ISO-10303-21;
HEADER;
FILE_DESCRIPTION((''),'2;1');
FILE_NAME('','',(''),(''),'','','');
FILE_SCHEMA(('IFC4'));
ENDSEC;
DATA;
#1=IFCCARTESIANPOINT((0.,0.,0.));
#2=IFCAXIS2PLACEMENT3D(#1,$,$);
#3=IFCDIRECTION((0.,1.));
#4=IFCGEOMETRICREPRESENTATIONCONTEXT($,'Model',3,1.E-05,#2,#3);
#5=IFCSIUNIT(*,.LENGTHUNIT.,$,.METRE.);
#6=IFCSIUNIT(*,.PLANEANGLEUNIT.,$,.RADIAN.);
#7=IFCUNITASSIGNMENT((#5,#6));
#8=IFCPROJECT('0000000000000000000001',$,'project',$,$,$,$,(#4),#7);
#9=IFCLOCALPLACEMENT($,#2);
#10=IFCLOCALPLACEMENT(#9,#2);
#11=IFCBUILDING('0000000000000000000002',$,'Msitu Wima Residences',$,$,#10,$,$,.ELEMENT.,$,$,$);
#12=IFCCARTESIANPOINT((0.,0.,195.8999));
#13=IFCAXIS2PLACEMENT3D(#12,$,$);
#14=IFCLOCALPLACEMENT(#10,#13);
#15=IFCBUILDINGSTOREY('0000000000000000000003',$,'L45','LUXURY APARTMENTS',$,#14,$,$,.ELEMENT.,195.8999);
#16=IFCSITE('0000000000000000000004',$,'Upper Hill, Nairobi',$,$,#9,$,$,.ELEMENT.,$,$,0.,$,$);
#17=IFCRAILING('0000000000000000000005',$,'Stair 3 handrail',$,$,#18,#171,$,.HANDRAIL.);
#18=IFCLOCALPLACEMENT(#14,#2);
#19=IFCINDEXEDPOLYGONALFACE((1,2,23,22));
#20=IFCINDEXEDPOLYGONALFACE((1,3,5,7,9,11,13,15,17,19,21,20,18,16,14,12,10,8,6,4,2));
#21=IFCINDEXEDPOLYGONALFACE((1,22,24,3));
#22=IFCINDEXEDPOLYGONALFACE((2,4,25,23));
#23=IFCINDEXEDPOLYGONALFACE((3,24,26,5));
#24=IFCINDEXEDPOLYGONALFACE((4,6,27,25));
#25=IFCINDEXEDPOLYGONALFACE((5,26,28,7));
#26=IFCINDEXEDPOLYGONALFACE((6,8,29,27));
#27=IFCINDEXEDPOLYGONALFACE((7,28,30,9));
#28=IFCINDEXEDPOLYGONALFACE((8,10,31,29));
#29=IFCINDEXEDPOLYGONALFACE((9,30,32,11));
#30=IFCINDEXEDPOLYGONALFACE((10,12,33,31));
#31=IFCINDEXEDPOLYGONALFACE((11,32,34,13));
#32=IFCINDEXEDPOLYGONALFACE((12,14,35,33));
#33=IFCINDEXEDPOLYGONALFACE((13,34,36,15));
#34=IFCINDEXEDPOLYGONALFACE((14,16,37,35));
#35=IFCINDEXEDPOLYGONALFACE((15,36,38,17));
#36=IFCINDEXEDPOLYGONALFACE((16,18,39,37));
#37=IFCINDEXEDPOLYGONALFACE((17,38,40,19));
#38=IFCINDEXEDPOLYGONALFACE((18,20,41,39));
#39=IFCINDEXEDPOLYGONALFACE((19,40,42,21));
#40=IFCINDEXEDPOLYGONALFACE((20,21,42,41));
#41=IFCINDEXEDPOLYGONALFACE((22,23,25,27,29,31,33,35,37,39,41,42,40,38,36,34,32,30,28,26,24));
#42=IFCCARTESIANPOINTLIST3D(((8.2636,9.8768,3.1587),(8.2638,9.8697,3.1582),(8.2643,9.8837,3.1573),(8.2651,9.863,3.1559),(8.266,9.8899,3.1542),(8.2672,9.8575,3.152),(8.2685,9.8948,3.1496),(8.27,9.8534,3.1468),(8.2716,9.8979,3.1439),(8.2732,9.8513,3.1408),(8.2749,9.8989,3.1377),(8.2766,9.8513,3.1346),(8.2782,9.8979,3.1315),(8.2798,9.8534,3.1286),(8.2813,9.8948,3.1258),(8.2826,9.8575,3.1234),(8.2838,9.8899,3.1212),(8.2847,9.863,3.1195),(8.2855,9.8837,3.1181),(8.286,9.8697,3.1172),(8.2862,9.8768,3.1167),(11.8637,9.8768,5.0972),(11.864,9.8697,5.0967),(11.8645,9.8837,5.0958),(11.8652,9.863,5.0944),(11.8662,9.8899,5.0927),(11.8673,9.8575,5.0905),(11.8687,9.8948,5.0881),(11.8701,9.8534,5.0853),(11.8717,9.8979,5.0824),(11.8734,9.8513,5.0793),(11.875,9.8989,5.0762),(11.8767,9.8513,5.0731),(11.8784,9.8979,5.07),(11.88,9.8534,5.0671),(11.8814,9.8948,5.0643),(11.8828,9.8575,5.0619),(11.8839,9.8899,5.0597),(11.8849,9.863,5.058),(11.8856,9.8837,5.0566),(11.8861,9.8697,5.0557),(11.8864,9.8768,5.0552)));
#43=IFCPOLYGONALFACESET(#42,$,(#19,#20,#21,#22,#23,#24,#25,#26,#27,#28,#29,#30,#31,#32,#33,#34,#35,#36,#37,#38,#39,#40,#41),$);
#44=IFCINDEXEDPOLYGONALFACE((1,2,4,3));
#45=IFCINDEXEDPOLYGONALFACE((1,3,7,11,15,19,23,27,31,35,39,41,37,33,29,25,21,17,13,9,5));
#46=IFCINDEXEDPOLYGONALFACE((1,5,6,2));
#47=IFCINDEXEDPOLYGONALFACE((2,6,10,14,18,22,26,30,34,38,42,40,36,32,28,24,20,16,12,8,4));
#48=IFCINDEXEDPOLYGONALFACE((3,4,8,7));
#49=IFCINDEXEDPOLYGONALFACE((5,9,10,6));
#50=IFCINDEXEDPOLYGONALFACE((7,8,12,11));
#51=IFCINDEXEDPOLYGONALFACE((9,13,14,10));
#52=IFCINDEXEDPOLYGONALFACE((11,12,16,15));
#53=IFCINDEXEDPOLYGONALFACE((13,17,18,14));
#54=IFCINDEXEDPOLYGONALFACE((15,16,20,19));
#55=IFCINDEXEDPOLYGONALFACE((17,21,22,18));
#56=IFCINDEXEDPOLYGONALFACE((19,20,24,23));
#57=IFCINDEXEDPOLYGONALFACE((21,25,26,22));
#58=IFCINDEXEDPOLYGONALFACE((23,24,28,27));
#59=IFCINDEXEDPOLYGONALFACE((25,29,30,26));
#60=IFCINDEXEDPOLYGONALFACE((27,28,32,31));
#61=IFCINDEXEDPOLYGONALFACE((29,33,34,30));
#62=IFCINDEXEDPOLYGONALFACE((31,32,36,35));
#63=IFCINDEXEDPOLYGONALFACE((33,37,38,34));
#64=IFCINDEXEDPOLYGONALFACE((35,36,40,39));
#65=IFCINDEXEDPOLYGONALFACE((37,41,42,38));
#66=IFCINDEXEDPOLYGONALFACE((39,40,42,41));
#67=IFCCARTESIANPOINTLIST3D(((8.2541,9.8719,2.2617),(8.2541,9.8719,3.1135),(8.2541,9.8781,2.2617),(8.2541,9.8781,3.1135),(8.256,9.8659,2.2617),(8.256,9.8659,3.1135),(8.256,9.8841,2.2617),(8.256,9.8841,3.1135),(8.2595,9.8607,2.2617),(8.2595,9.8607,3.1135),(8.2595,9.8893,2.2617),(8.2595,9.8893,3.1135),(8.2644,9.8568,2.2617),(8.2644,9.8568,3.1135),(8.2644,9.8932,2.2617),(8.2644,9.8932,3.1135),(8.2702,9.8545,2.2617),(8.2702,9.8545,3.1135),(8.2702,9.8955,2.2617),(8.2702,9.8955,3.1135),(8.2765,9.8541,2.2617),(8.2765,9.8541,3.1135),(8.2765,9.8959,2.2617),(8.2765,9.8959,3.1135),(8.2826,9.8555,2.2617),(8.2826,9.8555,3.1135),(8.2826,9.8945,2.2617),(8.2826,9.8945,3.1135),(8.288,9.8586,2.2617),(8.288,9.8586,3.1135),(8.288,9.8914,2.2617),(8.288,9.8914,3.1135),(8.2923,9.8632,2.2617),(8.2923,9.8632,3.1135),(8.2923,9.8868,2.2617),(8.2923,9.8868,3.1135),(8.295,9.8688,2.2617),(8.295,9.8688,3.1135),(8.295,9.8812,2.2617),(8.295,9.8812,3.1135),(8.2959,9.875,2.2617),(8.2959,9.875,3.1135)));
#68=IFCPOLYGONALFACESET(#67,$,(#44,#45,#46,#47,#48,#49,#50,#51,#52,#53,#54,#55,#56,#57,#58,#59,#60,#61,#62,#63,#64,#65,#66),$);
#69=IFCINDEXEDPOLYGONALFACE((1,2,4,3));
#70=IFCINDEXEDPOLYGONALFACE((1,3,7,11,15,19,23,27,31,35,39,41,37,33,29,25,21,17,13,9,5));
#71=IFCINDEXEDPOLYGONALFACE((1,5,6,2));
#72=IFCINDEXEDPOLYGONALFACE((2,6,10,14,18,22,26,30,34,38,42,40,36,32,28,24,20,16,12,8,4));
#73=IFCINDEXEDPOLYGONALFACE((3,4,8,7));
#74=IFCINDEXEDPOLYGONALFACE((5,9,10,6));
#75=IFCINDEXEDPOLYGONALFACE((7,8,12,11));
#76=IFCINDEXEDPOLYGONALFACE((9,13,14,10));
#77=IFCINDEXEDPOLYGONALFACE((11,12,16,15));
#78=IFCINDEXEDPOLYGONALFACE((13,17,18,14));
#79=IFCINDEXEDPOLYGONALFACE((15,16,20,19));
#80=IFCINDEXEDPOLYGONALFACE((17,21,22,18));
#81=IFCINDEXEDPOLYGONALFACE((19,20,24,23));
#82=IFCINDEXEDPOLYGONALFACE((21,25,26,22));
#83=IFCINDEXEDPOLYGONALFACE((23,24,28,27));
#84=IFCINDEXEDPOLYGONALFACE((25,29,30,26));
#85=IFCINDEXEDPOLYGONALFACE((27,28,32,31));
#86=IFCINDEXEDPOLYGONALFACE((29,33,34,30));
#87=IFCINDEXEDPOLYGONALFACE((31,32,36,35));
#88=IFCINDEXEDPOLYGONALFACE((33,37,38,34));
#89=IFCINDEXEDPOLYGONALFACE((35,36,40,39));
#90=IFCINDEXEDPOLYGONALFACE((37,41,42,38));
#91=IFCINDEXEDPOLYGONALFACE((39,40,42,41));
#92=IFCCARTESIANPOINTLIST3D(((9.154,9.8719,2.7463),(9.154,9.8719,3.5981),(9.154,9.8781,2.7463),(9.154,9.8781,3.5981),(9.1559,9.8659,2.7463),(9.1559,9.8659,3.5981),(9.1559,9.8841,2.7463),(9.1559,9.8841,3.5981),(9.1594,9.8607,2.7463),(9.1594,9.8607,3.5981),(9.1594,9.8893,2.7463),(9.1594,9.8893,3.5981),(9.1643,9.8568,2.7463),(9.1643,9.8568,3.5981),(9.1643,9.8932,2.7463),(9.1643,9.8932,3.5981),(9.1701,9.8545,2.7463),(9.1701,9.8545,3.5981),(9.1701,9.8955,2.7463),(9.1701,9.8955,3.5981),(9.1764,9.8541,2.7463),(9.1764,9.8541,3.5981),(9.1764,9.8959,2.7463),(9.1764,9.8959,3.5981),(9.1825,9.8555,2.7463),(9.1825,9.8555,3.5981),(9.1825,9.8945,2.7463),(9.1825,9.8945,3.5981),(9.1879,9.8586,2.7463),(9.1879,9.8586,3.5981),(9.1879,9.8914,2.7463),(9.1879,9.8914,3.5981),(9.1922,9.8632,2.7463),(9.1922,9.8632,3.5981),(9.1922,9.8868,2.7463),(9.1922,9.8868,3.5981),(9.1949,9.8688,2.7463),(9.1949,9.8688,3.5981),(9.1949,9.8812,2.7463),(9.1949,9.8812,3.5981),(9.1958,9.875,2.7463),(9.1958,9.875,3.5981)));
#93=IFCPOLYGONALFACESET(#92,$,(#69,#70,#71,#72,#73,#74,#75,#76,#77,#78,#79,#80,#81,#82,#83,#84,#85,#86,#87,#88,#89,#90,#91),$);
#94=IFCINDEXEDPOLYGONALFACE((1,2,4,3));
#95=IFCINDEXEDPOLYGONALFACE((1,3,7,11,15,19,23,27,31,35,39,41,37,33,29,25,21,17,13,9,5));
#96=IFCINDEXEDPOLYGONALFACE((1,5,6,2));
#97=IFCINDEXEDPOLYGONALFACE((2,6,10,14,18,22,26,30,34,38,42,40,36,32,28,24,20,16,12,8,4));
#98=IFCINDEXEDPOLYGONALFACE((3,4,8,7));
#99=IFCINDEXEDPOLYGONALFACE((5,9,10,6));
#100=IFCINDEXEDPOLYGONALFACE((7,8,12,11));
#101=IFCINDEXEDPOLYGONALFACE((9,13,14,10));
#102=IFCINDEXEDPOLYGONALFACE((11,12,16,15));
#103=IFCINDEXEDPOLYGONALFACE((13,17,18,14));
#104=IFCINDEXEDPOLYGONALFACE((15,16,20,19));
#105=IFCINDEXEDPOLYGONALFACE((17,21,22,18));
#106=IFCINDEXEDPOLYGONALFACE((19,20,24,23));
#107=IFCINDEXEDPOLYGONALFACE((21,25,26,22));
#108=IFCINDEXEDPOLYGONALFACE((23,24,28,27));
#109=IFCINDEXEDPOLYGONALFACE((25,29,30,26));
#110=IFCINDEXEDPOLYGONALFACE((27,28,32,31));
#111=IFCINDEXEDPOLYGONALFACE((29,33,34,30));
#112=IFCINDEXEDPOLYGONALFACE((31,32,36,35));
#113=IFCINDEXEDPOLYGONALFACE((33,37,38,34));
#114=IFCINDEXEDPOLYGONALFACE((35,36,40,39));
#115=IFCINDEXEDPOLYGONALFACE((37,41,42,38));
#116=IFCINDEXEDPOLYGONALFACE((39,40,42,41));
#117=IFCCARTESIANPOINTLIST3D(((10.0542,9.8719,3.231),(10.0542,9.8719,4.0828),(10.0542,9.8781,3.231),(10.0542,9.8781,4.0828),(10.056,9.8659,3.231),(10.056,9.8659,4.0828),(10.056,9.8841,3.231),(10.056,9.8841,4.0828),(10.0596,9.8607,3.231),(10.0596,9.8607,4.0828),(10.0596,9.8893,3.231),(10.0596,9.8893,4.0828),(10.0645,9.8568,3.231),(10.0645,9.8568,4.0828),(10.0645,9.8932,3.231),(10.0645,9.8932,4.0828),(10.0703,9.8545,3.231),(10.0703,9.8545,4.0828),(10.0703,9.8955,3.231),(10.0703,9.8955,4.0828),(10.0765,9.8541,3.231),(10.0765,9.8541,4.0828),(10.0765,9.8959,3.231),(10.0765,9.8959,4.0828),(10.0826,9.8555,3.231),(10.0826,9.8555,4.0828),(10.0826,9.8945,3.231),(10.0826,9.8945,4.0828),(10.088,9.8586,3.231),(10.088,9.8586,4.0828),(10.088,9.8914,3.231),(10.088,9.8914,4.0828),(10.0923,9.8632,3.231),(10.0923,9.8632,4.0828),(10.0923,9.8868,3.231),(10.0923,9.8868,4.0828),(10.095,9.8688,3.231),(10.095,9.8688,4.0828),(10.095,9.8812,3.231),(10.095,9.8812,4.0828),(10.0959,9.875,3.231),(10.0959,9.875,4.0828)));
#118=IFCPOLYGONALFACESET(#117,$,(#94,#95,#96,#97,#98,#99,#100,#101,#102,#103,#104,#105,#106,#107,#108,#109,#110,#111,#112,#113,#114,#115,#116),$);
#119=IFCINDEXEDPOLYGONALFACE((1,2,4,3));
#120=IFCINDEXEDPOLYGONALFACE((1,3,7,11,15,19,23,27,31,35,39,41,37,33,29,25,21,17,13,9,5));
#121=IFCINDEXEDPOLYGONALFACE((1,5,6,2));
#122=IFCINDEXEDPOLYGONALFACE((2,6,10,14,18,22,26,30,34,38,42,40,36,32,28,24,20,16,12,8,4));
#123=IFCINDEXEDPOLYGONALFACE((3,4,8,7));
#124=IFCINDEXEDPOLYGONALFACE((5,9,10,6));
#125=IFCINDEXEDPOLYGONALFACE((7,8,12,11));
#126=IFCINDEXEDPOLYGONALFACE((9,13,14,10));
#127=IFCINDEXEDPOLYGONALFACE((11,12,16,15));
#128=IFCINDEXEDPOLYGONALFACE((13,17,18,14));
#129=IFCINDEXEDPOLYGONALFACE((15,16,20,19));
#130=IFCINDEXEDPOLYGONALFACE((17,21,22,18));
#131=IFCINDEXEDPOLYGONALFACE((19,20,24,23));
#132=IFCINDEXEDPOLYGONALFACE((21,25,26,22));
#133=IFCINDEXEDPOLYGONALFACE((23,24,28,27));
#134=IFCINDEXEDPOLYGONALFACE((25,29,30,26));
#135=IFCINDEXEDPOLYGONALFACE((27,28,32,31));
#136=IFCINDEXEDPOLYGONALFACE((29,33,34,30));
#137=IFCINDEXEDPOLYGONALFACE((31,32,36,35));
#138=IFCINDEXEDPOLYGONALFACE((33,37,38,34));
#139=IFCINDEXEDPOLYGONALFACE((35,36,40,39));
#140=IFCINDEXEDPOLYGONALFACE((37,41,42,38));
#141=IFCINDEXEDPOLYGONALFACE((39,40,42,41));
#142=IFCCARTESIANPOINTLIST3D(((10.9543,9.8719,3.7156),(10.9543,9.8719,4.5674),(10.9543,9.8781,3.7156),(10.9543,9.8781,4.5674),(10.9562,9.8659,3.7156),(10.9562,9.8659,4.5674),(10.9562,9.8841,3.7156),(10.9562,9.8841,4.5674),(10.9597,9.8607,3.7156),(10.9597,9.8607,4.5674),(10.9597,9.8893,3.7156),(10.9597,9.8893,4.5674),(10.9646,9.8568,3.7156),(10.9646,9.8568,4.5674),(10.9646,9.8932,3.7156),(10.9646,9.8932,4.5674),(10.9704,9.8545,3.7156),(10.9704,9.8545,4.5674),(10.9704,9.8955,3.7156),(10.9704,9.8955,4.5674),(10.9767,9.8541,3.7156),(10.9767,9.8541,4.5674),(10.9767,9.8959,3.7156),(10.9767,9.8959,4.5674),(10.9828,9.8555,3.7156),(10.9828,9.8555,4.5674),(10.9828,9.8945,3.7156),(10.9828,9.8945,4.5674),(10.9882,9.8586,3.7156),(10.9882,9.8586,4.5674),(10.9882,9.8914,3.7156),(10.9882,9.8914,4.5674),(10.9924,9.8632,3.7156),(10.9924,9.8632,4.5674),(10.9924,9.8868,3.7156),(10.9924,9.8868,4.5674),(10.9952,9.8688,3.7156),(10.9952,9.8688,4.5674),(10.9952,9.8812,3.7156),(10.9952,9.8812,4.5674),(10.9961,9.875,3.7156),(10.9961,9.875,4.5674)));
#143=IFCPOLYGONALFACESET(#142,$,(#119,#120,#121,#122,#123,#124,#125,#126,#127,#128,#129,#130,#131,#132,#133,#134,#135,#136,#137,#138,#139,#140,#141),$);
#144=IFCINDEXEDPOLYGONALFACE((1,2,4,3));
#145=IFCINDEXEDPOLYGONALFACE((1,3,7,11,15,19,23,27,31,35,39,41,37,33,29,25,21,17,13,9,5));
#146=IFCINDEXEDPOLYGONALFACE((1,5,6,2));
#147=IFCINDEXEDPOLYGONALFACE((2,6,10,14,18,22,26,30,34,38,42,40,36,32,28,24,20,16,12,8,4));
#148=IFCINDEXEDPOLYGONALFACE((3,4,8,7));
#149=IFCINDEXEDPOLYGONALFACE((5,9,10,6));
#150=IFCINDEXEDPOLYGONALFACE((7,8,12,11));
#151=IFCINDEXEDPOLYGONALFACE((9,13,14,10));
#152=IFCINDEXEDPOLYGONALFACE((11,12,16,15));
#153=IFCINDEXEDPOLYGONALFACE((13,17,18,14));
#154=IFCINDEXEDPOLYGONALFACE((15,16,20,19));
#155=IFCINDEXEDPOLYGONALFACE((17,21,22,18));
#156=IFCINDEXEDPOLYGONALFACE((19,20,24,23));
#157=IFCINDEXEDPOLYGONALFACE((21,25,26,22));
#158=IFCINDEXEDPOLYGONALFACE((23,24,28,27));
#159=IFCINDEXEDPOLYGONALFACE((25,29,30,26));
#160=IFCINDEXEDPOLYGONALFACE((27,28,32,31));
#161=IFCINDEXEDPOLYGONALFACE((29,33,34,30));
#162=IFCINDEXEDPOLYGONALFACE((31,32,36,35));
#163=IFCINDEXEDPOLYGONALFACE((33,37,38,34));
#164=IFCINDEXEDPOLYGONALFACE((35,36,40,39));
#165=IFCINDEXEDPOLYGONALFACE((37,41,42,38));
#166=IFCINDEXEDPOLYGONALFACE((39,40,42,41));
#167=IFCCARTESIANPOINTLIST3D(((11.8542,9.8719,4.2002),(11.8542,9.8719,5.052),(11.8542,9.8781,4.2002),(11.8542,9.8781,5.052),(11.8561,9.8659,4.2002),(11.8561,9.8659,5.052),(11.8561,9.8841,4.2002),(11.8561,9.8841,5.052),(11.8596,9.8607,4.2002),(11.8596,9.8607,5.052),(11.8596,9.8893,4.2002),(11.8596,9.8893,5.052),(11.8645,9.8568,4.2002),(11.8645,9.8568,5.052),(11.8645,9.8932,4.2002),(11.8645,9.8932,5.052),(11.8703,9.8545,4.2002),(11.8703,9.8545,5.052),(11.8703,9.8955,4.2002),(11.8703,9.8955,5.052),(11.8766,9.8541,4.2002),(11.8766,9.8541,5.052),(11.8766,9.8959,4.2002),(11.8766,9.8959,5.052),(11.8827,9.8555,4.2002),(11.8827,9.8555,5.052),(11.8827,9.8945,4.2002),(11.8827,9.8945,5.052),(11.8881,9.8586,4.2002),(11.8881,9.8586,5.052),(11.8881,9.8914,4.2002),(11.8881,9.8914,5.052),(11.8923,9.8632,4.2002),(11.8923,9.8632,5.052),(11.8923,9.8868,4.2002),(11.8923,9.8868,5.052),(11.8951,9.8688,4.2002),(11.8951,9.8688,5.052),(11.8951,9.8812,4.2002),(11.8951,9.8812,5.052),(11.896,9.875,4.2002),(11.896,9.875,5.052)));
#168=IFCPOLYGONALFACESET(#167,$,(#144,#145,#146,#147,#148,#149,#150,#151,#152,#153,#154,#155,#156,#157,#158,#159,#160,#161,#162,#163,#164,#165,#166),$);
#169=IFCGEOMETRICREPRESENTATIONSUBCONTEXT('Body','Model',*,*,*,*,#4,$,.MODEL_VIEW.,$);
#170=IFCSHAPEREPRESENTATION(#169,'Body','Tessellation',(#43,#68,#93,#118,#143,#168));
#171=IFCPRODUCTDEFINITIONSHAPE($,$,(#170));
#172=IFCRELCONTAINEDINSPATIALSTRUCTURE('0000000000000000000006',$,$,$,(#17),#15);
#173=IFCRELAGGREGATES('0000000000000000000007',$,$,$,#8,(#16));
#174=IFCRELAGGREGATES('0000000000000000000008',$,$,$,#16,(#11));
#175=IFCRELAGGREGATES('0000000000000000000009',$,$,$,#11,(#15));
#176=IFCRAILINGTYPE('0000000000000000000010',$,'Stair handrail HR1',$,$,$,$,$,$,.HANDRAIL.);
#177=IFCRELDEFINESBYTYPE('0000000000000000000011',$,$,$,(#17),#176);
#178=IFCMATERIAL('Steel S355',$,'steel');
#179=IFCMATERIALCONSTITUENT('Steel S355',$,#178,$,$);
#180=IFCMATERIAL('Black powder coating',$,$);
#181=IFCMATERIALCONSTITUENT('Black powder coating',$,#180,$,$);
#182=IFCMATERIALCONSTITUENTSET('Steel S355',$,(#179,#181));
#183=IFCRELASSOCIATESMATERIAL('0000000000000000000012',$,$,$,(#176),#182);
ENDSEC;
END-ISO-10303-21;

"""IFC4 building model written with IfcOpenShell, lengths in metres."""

from ifc_helpers import new_model, si_unit, direction, frame, origin, origin_2d, place, context, subcontext, project, spatial, circle, extrude, material, constituent, constituent_set, type_object, element, save


model = new_model("IFC4")

# Units and contexts
model_context = context("Model", 3, precision=1e-05, world=origin(), true_north=direction((0.0, 1.0)))
body_context = subcontext(model_context, "Body", "Model", "MODEL_VIEW")
ifc_project = project(units=[si_unit("LENGTHUNIT", "METRE"), si_unit("PLANEANGLEUNIT", "RADIAN")], contexts=[model_context])

# Site, building, storey
site_placement = place(None, origin())
site = spatial("IfcSite", under=ifc_project, at=site_placement, Name="Upper Hill, Nairobi", CompositionType="ELEMENT", RefElevation=0.0)
building_placement = place(site_placement, origin())
building = spatial("IfcBuilding", under=site, at=building_placement, Name="Msitu Wima Residences", CompositionType="ELEMENT")
storey_placement = place(building_placement, frame((0.0, 0.0, 195.8999)))
storey = spatial("IfcBuildingStorey", under=building, at=storey_placement, Name="L45", Description="LUXURY APARTMENTS", CompositionType="ELEMENT", Elevation=195.8999)

# Railing
ifc_material_1 = material(Name="Steel S355", Category="steel")
ifc_constituent_1 = constituent(ifc_material_1, Name="Steel S355")
ifc_material_2 = material(Name="Black powder coating")
ifc_constituent_2 = constituent(ifc_material_2, Name="Black powder coating")
ifc_constituent_set = constituent_set(constituents=[ifc_constituent_1, ifc_constituent_2], Name="Steel S355")
railing_type = type_object("IfcRailingType", Name="Stair handrail HR1", PredefinedType="HANDRAIL", material=ifc_constituent_set)
for number, where, name in (
    (1, (8.2749, 9.875, 2.2617), "Stair 3 handrail"),
):
    element("IfcRailing", number, at=place(storey_placement, frame(where)), inside=storey, type_object=railing_type, Name=name, PredefinedType="HANDRAIL", context=body_context, shape_type="SweptSolid", body=[
        extrude(circle(Radius=0.0239, at=origin_2d()), frame((0.0, 0.0, 0.876), z_axis=(0.880475, 0.0, 0.474093), x_axis=(0.0, 1.0, 0.0)), (0.0, 0.0, 1.0), 4.0889),
        extrude(circle(Radius=0.021, at=origin_2d()), origin(), (0.0, 0.0, 1.0), 0.8518),
        extrude(circle(Radius=0.021, at=origin_2d()), frame((0.8999, 0.0, 0.4846)), (0.0, 0.0, 1.0), 0.8518),
        extrude(circle(Radius=0.021, at=origin_2d()), frame((1.8, 0.0, 0.9692)), (0.0, 0.0, 1.0), 0.8518),
        extrude(circle(Radius=0.021, at=origin_2d()), frame((2.7002, 0.0, 1.4539)), (0.0, 0.0, 1.0), 0.8518),
        extrude(circle(Radius=0.021, at=origin_2d()), frame((3.6001, 0.0, 1.9385)), (0.0, 0.0, 1.0), 0.8518),
    ])

save(model, "model.ifc")
